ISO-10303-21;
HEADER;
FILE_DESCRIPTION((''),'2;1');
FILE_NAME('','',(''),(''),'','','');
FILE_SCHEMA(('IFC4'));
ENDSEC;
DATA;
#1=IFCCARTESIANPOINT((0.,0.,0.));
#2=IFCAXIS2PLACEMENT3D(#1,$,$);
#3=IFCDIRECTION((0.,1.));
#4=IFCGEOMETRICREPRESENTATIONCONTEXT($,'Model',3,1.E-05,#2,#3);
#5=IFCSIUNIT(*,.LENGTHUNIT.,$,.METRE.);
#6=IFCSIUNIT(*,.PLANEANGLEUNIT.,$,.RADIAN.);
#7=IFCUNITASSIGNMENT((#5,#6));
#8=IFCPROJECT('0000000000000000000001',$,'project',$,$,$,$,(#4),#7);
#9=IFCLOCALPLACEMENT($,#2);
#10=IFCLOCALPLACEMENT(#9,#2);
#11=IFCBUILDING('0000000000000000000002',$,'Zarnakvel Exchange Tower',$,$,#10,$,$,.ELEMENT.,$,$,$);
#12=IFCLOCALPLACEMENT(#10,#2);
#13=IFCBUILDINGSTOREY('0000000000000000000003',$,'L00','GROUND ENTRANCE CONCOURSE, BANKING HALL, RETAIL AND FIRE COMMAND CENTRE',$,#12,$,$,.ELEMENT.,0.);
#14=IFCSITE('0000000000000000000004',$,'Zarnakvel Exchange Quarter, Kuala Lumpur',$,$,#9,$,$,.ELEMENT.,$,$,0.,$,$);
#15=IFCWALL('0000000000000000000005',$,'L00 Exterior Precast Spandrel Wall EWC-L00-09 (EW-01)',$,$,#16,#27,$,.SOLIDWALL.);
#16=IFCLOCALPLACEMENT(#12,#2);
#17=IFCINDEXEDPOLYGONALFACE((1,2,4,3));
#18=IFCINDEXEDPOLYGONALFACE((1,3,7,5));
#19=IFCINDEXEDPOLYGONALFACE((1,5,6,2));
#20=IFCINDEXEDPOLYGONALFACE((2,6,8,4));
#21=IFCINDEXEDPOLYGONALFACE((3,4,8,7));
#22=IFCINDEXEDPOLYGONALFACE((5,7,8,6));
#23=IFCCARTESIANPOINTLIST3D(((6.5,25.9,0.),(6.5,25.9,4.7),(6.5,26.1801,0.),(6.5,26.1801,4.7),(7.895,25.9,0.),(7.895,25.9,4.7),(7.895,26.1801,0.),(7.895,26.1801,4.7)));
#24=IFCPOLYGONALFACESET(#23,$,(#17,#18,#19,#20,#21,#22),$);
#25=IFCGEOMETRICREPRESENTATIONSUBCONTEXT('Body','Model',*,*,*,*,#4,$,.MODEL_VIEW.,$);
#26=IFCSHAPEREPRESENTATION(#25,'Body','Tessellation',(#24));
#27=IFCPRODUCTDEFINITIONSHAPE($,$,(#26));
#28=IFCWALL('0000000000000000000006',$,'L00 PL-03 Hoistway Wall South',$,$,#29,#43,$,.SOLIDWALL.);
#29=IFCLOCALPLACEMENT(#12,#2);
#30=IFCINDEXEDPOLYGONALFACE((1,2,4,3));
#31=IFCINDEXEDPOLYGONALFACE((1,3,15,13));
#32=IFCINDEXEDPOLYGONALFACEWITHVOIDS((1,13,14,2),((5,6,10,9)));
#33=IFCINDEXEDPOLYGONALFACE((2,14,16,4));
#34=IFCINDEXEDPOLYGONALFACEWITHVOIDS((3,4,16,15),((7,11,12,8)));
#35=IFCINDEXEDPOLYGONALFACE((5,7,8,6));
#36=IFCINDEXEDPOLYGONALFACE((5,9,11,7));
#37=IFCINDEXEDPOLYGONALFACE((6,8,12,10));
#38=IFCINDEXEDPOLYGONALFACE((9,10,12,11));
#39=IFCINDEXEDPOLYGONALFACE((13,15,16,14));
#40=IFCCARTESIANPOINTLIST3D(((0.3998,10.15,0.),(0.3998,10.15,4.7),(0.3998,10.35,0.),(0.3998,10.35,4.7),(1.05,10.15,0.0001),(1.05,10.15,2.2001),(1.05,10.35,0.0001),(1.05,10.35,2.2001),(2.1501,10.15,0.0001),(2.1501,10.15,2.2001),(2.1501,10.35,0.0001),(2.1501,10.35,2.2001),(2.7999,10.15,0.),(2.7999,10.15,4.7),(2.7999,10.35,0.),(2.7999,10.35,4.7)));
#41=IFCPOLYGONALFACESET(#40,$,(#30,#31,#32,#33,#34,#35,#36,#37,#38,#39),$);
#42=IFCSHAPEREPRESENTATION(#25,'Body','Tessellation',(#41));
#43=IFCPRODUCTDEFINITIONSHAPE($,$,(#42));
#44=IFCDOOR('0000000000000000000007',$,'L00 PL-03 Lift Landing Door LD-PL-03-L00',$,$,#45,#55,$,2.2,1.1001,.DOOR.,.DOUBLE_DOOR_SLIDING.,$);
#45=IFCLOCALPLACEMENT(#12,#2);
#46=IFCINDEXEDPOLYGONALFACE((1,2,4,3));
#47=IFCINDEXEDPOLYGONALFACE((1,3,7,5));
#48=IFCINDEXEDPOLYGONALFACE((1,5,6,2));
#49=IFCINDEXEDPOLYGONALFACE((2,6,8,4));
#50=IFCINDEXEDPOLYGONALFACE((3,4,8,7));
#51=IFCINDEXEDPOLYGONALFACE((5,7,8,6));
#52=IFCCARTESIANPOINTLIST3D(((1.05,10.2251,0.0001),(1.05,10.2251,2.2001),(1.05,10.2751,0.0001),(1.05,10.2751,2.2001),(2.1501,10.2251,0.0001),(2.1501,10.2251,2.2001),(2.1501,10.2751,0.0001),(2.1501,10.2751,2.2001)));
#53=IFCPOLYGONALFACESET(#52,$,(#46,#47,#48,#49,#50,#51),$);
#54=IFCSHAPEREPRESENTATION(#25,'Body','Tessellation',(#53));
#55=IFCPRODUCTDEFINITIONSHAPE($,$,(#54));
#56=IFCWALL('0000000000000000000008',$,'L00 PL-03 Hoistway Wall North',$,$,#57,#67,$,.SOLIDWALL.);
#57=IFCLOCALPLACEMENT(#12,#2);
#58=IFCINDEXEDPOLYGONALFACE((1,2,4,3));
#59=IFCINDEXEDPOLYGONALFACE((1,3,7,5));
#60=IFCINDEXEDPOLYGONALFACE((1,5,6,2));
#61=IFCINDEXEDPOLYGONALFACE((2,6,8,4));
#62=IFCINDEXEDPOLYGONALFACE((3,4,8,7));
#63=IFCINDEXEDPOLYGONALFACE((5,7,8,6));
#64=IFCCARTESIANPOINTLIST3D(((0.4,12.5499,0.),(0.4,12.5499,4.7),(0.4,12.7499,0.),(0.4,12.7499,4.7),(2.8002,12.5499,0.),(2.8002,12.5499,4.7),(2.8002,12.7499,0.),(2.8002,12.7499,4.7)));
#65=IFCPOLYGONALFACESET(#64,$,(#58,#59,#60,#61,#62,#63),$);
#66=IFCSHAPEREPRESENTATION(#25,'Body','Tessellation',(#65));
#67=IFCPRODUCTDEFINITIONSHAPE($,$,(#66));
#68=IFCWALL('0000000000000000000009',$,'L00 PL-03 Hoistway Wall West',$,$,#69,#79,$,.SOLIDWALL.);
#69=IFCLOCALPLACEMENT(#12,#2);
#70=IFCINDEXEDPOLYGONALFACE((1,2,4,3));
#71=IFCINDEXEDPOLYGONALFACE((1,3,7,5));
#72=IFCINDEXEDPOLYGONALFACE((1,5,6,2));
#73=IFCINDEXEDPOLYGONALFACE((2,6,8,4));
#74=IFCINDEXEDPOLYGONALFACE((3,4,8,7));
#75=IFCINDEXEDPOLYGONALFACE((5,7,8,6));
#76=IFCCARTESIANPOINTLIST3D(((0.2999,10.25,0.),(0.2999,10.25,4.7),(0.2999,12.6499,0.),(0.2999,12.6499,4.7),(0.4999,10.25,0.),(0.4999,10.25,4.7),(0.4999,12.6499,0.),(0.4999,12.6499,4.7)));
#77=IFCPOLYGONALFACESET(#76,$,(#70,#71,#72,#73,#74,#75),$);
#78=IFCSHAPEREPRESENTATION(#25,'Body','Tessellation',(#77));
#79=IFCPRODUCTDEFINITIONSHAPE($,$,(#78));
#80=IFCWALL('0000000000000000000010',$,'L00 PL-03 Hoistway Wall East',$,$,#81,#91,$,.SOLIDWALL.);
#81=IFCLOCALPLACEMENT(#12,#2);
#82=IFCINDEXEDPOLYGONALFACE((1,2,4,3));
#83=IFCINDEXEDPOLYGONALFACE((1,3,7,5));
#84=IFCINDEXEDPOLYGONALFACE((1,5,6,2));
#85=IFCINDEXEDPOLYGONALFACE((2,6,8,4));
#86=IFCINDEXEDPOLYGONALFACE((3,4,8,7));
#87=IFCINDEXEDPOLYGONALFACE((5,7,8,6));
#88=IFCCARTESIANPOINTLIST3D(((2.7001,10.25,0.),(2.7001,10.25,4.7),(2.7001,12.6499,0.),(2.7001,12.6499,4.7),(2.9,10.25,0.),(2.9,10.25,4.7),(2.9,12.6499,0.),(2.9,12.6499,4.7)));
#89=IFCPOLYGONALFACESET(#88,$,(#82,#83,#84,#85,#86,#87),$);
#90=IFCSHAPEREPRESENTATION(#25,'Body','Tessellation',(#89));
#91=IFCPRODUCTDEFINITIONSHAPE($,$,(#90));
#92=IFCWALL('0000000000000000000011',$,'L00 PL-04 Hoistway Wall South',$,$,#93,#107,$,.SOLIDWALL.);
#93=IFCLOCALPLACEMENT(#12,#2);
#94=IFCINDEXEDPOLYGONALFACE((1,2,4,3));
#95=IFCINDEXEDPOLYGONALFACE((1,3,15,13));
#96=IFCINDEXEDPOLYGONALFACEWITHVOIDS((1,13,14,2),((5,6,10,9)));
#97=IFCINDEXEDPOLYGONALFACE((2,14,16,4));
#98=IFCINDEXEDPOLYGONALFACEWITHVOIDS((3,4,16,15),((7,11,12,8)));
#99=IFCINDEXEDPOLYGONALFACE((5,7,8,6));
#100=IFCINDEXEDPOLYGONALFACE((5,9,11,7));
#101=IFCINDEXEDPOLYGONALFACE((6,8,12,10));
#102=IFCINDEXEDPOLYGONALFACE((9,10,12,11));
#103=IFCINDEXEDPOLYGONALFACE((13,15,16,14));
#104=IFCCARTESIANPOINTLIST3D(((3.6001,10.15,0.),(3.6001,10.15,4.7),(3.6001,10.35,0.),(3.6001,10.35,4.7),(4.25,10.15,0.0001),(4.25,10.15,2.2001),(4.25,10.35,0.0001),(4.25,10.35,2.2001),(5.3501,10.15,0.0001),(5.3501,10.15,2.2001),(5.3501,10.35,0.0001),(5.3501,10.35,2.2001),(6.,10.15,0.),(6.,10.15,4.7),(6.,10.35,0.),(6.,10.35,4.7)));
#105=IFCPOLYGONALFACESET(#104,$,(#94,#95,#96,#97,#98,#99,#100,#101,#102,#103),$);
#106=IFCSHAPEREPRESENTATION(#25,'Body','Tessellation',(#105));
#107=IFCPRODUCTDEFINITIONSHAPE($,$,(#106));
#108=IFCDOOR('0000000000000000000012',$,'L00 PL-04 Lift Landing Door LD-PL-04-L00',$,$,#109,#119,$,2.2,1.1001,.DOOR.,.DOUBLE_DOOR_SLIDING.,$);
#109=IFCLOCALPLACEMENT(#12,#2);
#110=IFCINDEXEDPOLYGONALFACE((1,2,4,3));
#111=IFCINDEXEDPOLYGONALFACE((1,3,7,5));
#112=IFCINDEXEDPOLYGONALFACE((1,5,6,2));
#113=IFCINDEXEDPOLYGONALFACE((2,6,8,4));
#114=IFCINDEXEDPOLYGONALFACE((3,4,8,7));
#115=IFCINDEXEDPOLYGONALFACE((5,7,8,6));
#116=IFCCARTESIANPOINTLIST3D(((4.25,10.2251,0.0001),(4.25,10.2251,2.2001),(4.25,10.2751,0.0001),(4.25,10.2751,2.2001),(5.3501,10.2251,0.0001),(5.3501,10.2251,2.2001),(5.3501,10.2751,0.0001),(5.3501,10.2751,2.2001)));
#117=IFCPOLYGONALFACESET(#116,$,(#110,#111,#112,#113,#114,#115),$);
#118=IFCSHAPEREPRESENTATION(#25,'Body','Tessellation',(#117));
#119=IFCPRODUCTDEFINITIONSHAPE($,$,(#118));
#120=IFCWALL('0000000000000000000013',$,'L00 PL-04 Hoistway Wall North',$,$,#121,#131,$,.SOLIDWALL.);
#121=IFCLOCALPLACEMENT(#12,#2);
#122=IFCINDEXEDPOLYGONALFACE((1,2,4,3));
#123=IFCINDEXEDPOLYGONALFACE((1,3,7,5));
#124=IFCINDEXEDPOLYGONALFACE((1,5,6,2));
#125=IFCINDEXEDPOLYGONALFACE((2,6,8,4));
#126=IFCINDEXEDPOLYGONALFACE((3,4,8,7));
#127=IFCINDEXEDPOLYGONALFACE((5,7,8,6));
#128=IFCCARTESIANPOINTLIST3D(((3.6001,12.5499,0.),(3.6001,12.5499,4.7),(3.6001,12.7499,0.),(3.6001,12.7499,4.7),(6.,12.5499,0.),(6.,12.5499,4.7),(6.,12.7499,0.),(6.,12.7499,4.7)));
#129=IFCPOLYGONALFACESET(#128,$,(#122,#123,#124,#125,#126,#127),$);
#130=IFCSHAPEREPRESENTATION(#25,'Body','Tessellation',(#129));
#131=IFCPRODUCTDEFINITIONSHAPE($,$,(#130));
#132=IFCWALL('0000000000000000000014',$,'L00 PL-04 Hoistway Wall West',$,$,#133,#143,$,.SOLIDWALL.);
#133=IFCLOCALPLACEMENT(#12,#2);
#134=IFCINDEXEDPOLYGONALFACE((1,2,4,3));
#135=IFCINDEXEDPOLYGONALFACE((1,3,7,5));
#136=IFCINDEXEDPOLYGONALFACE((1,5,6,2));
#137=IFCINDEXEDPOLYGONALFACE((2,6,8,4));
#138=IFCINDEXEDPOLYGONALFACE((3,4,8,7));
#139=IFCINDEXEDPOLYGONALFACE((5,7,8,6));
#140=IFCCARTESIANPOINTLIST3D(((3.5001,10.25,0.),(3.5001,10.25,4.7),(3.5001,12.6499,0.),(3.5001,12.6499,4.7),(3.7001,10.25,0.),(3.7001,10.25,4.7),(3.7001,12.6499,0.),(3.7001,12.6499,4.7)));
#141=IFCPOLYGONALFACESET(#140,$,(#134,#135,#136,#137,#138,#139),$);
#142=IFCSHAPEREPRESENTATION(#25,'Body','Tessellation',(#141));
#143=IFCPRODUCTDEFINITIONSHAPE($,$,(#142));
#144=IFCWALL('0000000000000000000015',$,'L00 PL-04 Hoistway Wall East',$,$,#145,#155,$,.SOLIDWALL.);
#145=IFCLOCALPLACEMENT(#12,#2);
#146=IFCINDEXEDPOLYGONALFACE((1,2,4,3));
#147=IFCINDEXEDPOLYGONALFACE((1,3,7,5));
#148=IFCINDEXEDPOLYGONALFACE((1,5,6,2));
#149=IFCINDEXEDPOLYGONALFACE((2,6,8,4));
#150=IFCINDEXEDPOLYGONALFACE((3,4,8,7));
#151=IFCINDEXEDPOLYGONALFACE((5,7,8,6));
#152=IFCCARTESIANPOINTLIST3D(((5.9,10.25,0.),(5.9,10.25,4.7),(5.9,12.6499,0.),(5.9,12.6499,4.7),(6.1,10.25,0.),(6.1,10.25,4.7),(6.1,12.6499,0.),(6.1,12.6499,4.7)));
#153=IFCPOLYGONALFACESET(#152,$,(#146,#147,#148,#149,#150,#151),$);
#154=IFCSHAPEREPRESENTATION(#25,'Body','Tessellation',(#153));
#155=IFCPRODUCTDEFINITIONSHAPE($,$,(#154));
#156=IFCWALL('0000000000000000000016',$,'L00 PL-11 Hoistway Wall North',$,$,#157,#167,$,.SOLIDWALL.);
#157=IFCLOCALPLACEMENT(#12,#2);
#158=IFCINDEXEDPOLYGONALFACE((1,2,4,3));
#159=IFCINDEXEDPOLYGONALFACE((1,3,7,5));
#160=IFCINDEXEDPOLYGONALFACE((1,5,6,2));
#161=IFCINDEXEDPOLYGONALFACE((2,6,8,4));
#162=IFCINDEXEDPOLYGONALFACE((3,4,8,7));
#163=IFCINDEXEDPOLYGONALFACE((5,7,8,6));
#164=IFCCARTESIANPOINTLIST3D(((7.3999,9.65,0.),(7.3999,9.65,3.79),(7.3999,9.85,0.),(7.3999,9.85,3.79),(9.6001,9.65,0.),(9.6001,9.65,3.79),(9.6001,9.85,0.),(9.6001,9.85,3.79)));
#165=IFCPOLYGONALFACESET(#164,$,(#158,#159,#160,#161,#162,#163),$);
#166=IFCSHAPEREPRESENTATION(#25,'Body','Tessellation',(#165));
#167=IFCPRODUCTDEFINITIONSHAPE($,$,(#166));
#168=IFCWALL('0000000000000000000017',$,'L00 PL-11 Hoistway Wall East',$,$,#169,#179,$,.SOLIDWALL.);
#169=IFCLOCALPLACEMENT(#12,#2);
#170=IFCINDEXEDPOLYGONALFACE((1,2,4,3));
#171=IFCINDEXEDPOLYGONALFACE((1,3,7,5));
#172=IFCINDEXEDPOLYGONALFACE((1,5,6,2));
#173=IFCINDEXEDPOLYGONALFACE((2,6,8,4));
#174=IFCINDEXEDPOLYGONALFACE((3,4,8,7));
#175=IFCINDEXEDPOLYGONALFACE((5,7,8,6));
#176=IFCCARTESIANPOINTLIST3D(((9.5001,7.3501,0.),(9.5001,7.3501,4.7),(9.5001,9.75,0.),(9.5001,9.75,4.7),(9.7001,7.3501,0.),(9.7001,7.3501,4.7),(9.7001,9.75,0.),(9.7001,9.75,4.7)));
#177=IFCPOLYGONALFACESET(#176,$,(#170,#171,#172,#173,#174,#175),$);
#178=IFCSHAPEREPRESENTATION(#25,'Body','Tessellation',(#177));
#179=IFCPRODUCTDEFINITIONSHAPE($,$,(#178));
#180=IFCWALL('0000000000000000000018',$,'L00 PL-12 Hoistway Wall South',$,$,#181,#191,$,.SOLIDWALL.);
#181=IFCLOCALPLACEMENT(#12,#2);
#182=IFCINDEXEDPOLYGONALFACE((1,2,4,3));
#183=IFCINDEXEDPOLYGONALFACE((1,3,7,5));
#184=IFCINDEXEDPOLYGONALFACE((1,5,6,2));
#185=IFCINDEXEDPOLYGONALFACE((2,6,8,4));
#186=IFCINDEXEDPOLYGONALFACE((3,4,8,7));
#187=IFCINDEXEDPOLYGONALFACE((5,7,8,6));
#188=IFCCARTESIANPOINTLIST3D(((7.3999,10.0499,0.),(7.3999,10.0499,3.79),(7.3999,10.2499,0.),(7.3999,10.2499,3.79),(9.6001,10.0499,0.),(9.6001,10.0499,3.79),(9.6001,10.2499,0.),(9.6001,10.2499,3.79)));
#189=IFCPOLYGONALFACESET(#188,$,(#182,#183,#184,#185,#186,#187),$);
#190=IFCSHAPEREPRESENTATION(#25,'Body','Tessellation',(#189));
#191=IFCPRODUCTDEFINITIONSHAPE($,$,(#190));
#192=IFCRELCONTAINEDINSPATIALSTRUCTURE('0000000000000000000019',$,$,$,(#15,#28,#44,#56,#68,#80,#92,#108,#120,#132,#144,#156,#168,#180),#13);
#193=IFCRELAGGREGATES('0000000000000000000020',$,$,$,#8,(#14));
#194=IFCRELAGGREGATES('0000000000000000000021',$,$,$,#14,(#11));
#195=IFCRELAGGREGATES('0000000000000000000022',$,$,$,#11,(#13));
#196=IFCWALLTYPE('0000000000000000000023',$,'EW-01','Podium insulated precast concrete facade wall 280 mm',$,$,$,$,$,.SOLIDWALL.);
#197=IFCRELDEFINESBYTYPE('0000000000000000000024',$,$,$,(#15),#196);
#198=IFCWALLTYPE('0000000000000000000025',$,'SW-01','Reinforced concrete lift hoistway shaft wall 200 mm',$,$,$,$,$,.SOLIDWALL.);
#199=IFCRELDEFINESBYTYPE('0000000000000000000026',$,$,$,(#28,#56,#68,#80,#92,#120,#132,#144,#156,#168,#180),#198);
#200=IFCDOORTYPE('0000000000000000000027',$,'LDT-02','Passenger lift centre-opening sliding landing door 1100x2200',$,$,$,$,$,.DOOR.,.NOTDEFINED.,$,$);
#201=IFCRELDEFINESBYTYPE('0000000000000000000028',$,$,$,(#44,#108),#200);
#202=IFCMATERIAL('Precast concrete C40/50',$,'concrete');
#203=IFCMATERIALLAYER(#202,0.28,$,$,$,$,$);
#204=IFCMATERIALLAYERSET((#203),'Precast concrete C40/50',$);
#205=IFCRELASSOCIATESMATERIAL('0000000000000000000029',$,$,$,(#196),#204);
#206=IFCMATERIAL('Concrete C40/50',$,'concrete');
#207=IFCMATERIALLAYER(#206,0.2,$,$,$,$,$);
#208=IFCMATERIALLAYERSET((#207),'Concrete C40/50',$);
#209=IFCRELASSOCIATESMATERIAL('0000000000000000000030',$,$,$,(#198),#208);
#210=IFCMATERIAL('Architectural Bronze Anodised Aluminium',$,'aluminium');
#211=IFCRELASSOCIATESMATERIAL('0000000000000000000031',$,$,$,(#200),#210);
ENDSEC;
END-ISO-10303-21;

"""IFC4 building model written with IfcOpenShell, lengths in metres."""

from ifc_helpers import new_model, si_unit, direction, frame, frame_2d, origin, place, context, subcontext, project, spatial, rectangle, extrude, source, transform, mapped, material, layer, layer_set, type_object, element, fill, save


model = new_model("IFC4")

# Units and contexts
model_context = context("Model", 3, precision=1e-05, world=origin(), true_north=direction((0.0, 1.0)))
body_context = subcontext(model_context, "Body", "Model", "MODEL_VIEW")
ifc_project = project(units=[si_unit("LENGTHUNIT", "METRE"), si_unit("PLANEANGLEUNIT", "RADIAN")], contexts=[model_context])

# Site, building, storey
site_placement = place(None, origin())
site = spatial("IfcSite", under=ifc_project, at=site_placement, Name="Zarnakvel Exchange Quarter, Kuala Lumpur", CompositionType="ELEMENT", RefElevation=0.0)
building_placement = place(site_placement, origin())
building = spatial("IfcBuilding", under=site, at=building_placement, Name="Zarnakvel Exchange Tower", CompositionType="ELEMENT")
storey_placement = place(building_placement, origin())
storey = spatial("IfcBuildingStorey", under=building, at=storey_placement, Name="L00", Description="GROUND ENTRANCE CONCOURSE, BANKING HALL, RETAIL AND FIRE COMMAND CENTRE", CompositionType="ELEMENT", Elevation=0.0)

# Shared definitions
ifc_material_1 = material(Name="Architectural Bronze Anodised Aluminium", Category="aluminium")

# Wall
ifc_material_2 = material(Name="Precast concrete C40/50", Category="concrete")
ifc_layer_1 = layer(ifc_material_2, 0.28)
ifc_layer_set_1 = layer_set([ifc_layer_1], Name="Precast concrete C40/50")
wall_type_1 = type_object("IfcWallType", Name="EW-01", Description="Podium insulated precast concrete facade wall 280 mm", PredefinedType="SOLIDWALL", material=ifc_layer_set_1)
wall_1_placement = place(storey_placement, frame((7.895, 26.04, 0.0), z_axis=(0.0, 0.0, 1.0), x_axis=(-1.0, 0.0, 0.0)))
element("IfcWall", 1, at=wall_1_placement, inside=storey, type_object=wall_type_1, Name="L00 Exterior Precast Spandrel Wall EWC-L00-09 (EW-01)", PredefinedType="SOLIDWALL", context=body_context, shape_type="SweptSolid", body=[
    extrude(rectangle(XDim=1.395, YDim=0.28, at=frame_2d((0.6975, 0.0))), origin(), (0.0, 0.0, 1.0), 4.7),
])

# Wall, opening, door
ifc_material_3 = material(Name="Concrete C40/50", Category="concrete")
ifc_layer_2 = layer(ifc_material_3, 0.2)
ifc_layer_set_2 = layer_set([ifc_layer_2], Name="Concrete C40/50")
wall_type_2 = type_object("IfcWallType", Name="SW-01", Description="Reinforced concrete lift hoistway shaft wall 200 mm", PredefinedType="SOLIDWALL", material=ifc_layer_set_2)
wall_2_placement = place(storey_placement, frame((2.8, 10.25, 0.0), z_axis=(0.0, 0.0, 1.0), x_axis=(-1.0, 0.0, 0.0)))
wall_2 = element("IfcWall", 2, at=wall_2_placement, inside=storey, type_object=wall_type_2, Name="L00 PL-03 Hoistway Wall South", PredefinedType="SOLIDWALL", context=body_context, shape_type="SweptSolid", body=[
    extrude(rectangle(XDim=2.4001, YDim=0.2, at=frame_2d((1.2002, 0.0))), origin(), (0.0, 0.0, 1.0), 4.7),
])
opening_1_placement = place(wall_2_placement, frame((0.6499, 0.0, 0.0)))
opening_1 = element("IfcOpeningElement", 3, at=opening_1_placement, cuts=wall_2, PredefinedType="OPENING", context=body_context, shape_type="SweptSolid", body=[
    extrude(rectangle(XDim=1.1001, YDim=2.2, at=frame_2d((0.55, 1.1001))), frame((0.0, 0.1099, 0.0), z_axis=(0.0, -1.0, 0.0), x_axis=(1.0, 0.0, 0.0)), (0.0, 0.0, 1.0), 0.22),
])
door_type = type_object("IfcDoorType", Name="LDT-02", Description="Passenger lift centre-opening sliding landing door 1100x2200", OperationType="NOTDEFINED", PredefinedType="DOOR", material=ifc_material_1)
shared_shape_1 = source(origin(), body_context, "Body", "SweptSolid", [
    extrude(rectangle(XDim=1.1001, YDim=2.2, at=frame_2d((0.55, 1.1001))), frame((0.0, 0.0249, 0.0), z_axis=(0.0, -1.0, 0.0), x_axis=(1.0, 0.0, 0.0)), (0.0, 0.0, 1.0), 0.05),
])
door_1_placement = place(opening_1_placement, origin())
door_1 = element("IfcDoor", 4, at=door_1_placement, inside=storey, type_object=door_type, Name="L00 PL-03 Lift Landing Door LD-PL-03-L00", OperationType="DOUBLE_DOOR_SLIDING", OverallHeight=2.2, OverallWidth=1.1001, PredefinedType="DOOR", context=body_context, shape_type="MappedRepresentation", body=[
    mapped(shared_shape_1, transform((0.0, 0.0, 0.0), x_axis=(1.0, 0.0, 0.0), y_axis=(0.0, 1.0, 0.0), z_axis=(0.0, 0.0, 1.0), scale=1.0)),
])
fill(opening_1, door_1)

# Walls
wall_3_placement = place(storey_placement, frame((0.3999, 12.6499, 0.0), z_axis=(0.0, 0.0, 1.0), x_axis=(1.0, 0.0, 0.0)))
element("IfcWall", 5, at=wall_3_placement, inside=storey, type_object=wall_type_2, Name="L00 PL-03 Hoistway Wall North", PredefinedType="SOLIDWALL", context=body_context, shape_type="SweptSolid", body=[
    extrude(rectangle(XDim=2.4001, YDim=0.2, at=frame_2d((1.2002, 0.0))), origin(), (0.0, 0.0, 1.0), 4.7),
])
for number, where, z_axis, x_axis, name in (
    (6, (0.3999, 10.25, 0.0), (0.0, 0.0, 1.0), (0.0, 1.0, 0.0), "L00 PL-03 Hoistway Wall West"),
    (7, (2.8, 12.6499, 0.0), (0.0, 0.0, 1.0), (0.0, -1.0, 0.0), "L00 PL-03 Hoistway Wall East"),
):
    element("IfcWall", number, at=place(storey_placement, frame(where, z_axis=z_axis, x_axis=x_axis)), inside=storey, type_object=wall_type_2, Name=name, PredefinedType="SOLIDWALL", context=body_context, shape_type="SweptSolid", body=[
        extrude(rectangle(XDim=2.3999, YDim=0.2, at=frame_2d((1.2, 0.0))), origin(), (0.0, 0.0, 1.0), 4.7),
    ])

# Wall, opening, door
wall_4_placement = place(storey_placement, frame((6.0, 10.25, 0.0), z_axis=(0.0, 0.0, 1.0), x_axis=(-1.0, 0.0, 0.0)))
wall_4 = element("IfcWall", 8, at=wall_4_placement, inside=storey, type_object=wall_type_2, Name="L00 PL-04 Hoistway Wall South", PredefinedType="SOLIDWALL", context=body_context, shape_type="SweptSolid", body=[
    extrude(rectangle(XDim=2.3999, YDim=0.2, at=frame_2d((1.2, 0.0))), origin(), (0.0, 0.0, 1.0), 4.7),
])
opening_2_placement = place(wall_4_placement, frame((0.6499, 0.0, 0.0)))
opening_2 = element("IfcOpeningElement", 9, at=opening_2_placement, cuts=wall_4, PredefinedType="OPENING", context=body_context, shape_type="SweptSolid", body=[
    extrude(rectangle(XDim=1.1001, YDim=2.2, at=frame_2d((0.55, 1.1001))), frame((0.0, 0.1099, 0.0), z_axis=(0.0, -1.0, 0.0), x_axis=(1.0, 0.0, 0.0)), (0.0, 0.0, 1.0), 0.22),
])
door_2_placement = place(opening_2_placement, origin())
door_2 = element("IfcDoor", 10, at=door_2_placement, inside=storey, type_object=door_type, Name="L00 PL-04 Lift Landing Door LD-PL-04-L00", OperationType="DOUBLE_DOOR_SLIDING", OverallHeight=2.2, OverallWidth=1.1001, PredefinedType="DOOR", context=body_context, shape_type="MappedRepresentation", body=[
    mapped(shared_shape_1, transform((0.0, 0.0, 0.0), x_axis=(1.0, 0.0, 0.0), y_axis=(0.0, 1.0, 0.0), z_axis=(0.0, 0.0, 1.0), scale=1.0)),
])
fill(opening_2, door_2)

# Walls
for number, where, z_axis, x_axis, name in (
    (11, (3.6001, 12.6499, 0.0), (0.0, 0.0, 1.0), (1.0, 0.0, 0.0), "L00 PL-04 Hoistway Wall North"),
    (12, (3.6001, 10.25, 0.0), (0.0, 0.0, 1.0), (0.0, 1.0, 0.0), "L00 PL-04 Hoistway Wall West"),
    (13, (6.0, 12.6499, 0.0), (0.0, 0.0, 1.0), (0.0, -1.0, 0.0), "L00 PL-04 Hoistway Wall East"),
):
    element("IfcWall", number, at=place(storey_placement, frame(where, z_axis=z_axis, x_axis=x_axis)), inside=storey, type_object=wall_type_2, Name=name, PredefinedType="SOLIDWALL", context=body_context, shape_type="SweptSolid", body=[
        extrude(rectangle(XDim=2.3999, YDim=0.2, at=frame_2d((1.2, 0.0))), origin(), (0.0, 0.0, 1.0), 4.7),
    ])
wall_5_placement = place(storey_placement, frame((7.3999, 9.75, 0.0), z_axis=(0.0, 0.0, 1.0), x_axis=(1.0, 0.0, 0.0)))
element("IfcWall", 14, at=wall_5_placement, inside=storey, type_object=wall_type_2, Name="L00 PL-11 Hoistway Wall North", PredefinedType="SOLIDWALL", context=body_context, shape_type="SweptSolid", body=[
    extrude(rectangle(XDim=2.2002, YDim=0.2, at=frame_2d((1.1001, 0.0))), origin(), (0.0, 0.0, 1.0), 3.79),
])
wall_6_placement = place(storey_placement, frame((9.6001, 9.75, 0.0), z_axis=(0.0, 0.0, 1.0), x_axis=(0.0, -1.0, 0.0)))
element("IfcWall", 15, at=wall_6_placement, inside=storey, type_object=wall_type_2, Name="L00 PL-11 Hoistway Wall East", PredefinedType="SOLIDWALL", context=body_context, shape_type="SweptSolid", body=[
    extrude(rectangle(XDim=2.3999, YDim=0.2, at=frame_2d((1.2, 0.0))), origin(), (0.0, 0.0, 1.0), 4.7),
])
for number, where, z_axis, x_axis, name in (
    (16, (9.6001, 10.1499, 0.0), (0.0, 0.0, 1.0), (-1.0, 0.0, 0.0), "L00 PL-12 Hoistway Wall South"),
):
    element("IfcWall", number, at=place(storey_placement, frame(where, z_axis=z_axis, x_axis=x_axis)), inside=storey, type_object=wall_type_2, Name=name, PredefinedType="SOLIDWALL", context=body_context, shape_type="SweptSolid", body=[
        extrude(rectangle(XDim=2.2002, YDim=0.2, at=frame_2d((1.1001, 0.0))), origin(), (0.0, 0.0, 1.0), 3.79),
    ])

save(model, "model.ifc")
